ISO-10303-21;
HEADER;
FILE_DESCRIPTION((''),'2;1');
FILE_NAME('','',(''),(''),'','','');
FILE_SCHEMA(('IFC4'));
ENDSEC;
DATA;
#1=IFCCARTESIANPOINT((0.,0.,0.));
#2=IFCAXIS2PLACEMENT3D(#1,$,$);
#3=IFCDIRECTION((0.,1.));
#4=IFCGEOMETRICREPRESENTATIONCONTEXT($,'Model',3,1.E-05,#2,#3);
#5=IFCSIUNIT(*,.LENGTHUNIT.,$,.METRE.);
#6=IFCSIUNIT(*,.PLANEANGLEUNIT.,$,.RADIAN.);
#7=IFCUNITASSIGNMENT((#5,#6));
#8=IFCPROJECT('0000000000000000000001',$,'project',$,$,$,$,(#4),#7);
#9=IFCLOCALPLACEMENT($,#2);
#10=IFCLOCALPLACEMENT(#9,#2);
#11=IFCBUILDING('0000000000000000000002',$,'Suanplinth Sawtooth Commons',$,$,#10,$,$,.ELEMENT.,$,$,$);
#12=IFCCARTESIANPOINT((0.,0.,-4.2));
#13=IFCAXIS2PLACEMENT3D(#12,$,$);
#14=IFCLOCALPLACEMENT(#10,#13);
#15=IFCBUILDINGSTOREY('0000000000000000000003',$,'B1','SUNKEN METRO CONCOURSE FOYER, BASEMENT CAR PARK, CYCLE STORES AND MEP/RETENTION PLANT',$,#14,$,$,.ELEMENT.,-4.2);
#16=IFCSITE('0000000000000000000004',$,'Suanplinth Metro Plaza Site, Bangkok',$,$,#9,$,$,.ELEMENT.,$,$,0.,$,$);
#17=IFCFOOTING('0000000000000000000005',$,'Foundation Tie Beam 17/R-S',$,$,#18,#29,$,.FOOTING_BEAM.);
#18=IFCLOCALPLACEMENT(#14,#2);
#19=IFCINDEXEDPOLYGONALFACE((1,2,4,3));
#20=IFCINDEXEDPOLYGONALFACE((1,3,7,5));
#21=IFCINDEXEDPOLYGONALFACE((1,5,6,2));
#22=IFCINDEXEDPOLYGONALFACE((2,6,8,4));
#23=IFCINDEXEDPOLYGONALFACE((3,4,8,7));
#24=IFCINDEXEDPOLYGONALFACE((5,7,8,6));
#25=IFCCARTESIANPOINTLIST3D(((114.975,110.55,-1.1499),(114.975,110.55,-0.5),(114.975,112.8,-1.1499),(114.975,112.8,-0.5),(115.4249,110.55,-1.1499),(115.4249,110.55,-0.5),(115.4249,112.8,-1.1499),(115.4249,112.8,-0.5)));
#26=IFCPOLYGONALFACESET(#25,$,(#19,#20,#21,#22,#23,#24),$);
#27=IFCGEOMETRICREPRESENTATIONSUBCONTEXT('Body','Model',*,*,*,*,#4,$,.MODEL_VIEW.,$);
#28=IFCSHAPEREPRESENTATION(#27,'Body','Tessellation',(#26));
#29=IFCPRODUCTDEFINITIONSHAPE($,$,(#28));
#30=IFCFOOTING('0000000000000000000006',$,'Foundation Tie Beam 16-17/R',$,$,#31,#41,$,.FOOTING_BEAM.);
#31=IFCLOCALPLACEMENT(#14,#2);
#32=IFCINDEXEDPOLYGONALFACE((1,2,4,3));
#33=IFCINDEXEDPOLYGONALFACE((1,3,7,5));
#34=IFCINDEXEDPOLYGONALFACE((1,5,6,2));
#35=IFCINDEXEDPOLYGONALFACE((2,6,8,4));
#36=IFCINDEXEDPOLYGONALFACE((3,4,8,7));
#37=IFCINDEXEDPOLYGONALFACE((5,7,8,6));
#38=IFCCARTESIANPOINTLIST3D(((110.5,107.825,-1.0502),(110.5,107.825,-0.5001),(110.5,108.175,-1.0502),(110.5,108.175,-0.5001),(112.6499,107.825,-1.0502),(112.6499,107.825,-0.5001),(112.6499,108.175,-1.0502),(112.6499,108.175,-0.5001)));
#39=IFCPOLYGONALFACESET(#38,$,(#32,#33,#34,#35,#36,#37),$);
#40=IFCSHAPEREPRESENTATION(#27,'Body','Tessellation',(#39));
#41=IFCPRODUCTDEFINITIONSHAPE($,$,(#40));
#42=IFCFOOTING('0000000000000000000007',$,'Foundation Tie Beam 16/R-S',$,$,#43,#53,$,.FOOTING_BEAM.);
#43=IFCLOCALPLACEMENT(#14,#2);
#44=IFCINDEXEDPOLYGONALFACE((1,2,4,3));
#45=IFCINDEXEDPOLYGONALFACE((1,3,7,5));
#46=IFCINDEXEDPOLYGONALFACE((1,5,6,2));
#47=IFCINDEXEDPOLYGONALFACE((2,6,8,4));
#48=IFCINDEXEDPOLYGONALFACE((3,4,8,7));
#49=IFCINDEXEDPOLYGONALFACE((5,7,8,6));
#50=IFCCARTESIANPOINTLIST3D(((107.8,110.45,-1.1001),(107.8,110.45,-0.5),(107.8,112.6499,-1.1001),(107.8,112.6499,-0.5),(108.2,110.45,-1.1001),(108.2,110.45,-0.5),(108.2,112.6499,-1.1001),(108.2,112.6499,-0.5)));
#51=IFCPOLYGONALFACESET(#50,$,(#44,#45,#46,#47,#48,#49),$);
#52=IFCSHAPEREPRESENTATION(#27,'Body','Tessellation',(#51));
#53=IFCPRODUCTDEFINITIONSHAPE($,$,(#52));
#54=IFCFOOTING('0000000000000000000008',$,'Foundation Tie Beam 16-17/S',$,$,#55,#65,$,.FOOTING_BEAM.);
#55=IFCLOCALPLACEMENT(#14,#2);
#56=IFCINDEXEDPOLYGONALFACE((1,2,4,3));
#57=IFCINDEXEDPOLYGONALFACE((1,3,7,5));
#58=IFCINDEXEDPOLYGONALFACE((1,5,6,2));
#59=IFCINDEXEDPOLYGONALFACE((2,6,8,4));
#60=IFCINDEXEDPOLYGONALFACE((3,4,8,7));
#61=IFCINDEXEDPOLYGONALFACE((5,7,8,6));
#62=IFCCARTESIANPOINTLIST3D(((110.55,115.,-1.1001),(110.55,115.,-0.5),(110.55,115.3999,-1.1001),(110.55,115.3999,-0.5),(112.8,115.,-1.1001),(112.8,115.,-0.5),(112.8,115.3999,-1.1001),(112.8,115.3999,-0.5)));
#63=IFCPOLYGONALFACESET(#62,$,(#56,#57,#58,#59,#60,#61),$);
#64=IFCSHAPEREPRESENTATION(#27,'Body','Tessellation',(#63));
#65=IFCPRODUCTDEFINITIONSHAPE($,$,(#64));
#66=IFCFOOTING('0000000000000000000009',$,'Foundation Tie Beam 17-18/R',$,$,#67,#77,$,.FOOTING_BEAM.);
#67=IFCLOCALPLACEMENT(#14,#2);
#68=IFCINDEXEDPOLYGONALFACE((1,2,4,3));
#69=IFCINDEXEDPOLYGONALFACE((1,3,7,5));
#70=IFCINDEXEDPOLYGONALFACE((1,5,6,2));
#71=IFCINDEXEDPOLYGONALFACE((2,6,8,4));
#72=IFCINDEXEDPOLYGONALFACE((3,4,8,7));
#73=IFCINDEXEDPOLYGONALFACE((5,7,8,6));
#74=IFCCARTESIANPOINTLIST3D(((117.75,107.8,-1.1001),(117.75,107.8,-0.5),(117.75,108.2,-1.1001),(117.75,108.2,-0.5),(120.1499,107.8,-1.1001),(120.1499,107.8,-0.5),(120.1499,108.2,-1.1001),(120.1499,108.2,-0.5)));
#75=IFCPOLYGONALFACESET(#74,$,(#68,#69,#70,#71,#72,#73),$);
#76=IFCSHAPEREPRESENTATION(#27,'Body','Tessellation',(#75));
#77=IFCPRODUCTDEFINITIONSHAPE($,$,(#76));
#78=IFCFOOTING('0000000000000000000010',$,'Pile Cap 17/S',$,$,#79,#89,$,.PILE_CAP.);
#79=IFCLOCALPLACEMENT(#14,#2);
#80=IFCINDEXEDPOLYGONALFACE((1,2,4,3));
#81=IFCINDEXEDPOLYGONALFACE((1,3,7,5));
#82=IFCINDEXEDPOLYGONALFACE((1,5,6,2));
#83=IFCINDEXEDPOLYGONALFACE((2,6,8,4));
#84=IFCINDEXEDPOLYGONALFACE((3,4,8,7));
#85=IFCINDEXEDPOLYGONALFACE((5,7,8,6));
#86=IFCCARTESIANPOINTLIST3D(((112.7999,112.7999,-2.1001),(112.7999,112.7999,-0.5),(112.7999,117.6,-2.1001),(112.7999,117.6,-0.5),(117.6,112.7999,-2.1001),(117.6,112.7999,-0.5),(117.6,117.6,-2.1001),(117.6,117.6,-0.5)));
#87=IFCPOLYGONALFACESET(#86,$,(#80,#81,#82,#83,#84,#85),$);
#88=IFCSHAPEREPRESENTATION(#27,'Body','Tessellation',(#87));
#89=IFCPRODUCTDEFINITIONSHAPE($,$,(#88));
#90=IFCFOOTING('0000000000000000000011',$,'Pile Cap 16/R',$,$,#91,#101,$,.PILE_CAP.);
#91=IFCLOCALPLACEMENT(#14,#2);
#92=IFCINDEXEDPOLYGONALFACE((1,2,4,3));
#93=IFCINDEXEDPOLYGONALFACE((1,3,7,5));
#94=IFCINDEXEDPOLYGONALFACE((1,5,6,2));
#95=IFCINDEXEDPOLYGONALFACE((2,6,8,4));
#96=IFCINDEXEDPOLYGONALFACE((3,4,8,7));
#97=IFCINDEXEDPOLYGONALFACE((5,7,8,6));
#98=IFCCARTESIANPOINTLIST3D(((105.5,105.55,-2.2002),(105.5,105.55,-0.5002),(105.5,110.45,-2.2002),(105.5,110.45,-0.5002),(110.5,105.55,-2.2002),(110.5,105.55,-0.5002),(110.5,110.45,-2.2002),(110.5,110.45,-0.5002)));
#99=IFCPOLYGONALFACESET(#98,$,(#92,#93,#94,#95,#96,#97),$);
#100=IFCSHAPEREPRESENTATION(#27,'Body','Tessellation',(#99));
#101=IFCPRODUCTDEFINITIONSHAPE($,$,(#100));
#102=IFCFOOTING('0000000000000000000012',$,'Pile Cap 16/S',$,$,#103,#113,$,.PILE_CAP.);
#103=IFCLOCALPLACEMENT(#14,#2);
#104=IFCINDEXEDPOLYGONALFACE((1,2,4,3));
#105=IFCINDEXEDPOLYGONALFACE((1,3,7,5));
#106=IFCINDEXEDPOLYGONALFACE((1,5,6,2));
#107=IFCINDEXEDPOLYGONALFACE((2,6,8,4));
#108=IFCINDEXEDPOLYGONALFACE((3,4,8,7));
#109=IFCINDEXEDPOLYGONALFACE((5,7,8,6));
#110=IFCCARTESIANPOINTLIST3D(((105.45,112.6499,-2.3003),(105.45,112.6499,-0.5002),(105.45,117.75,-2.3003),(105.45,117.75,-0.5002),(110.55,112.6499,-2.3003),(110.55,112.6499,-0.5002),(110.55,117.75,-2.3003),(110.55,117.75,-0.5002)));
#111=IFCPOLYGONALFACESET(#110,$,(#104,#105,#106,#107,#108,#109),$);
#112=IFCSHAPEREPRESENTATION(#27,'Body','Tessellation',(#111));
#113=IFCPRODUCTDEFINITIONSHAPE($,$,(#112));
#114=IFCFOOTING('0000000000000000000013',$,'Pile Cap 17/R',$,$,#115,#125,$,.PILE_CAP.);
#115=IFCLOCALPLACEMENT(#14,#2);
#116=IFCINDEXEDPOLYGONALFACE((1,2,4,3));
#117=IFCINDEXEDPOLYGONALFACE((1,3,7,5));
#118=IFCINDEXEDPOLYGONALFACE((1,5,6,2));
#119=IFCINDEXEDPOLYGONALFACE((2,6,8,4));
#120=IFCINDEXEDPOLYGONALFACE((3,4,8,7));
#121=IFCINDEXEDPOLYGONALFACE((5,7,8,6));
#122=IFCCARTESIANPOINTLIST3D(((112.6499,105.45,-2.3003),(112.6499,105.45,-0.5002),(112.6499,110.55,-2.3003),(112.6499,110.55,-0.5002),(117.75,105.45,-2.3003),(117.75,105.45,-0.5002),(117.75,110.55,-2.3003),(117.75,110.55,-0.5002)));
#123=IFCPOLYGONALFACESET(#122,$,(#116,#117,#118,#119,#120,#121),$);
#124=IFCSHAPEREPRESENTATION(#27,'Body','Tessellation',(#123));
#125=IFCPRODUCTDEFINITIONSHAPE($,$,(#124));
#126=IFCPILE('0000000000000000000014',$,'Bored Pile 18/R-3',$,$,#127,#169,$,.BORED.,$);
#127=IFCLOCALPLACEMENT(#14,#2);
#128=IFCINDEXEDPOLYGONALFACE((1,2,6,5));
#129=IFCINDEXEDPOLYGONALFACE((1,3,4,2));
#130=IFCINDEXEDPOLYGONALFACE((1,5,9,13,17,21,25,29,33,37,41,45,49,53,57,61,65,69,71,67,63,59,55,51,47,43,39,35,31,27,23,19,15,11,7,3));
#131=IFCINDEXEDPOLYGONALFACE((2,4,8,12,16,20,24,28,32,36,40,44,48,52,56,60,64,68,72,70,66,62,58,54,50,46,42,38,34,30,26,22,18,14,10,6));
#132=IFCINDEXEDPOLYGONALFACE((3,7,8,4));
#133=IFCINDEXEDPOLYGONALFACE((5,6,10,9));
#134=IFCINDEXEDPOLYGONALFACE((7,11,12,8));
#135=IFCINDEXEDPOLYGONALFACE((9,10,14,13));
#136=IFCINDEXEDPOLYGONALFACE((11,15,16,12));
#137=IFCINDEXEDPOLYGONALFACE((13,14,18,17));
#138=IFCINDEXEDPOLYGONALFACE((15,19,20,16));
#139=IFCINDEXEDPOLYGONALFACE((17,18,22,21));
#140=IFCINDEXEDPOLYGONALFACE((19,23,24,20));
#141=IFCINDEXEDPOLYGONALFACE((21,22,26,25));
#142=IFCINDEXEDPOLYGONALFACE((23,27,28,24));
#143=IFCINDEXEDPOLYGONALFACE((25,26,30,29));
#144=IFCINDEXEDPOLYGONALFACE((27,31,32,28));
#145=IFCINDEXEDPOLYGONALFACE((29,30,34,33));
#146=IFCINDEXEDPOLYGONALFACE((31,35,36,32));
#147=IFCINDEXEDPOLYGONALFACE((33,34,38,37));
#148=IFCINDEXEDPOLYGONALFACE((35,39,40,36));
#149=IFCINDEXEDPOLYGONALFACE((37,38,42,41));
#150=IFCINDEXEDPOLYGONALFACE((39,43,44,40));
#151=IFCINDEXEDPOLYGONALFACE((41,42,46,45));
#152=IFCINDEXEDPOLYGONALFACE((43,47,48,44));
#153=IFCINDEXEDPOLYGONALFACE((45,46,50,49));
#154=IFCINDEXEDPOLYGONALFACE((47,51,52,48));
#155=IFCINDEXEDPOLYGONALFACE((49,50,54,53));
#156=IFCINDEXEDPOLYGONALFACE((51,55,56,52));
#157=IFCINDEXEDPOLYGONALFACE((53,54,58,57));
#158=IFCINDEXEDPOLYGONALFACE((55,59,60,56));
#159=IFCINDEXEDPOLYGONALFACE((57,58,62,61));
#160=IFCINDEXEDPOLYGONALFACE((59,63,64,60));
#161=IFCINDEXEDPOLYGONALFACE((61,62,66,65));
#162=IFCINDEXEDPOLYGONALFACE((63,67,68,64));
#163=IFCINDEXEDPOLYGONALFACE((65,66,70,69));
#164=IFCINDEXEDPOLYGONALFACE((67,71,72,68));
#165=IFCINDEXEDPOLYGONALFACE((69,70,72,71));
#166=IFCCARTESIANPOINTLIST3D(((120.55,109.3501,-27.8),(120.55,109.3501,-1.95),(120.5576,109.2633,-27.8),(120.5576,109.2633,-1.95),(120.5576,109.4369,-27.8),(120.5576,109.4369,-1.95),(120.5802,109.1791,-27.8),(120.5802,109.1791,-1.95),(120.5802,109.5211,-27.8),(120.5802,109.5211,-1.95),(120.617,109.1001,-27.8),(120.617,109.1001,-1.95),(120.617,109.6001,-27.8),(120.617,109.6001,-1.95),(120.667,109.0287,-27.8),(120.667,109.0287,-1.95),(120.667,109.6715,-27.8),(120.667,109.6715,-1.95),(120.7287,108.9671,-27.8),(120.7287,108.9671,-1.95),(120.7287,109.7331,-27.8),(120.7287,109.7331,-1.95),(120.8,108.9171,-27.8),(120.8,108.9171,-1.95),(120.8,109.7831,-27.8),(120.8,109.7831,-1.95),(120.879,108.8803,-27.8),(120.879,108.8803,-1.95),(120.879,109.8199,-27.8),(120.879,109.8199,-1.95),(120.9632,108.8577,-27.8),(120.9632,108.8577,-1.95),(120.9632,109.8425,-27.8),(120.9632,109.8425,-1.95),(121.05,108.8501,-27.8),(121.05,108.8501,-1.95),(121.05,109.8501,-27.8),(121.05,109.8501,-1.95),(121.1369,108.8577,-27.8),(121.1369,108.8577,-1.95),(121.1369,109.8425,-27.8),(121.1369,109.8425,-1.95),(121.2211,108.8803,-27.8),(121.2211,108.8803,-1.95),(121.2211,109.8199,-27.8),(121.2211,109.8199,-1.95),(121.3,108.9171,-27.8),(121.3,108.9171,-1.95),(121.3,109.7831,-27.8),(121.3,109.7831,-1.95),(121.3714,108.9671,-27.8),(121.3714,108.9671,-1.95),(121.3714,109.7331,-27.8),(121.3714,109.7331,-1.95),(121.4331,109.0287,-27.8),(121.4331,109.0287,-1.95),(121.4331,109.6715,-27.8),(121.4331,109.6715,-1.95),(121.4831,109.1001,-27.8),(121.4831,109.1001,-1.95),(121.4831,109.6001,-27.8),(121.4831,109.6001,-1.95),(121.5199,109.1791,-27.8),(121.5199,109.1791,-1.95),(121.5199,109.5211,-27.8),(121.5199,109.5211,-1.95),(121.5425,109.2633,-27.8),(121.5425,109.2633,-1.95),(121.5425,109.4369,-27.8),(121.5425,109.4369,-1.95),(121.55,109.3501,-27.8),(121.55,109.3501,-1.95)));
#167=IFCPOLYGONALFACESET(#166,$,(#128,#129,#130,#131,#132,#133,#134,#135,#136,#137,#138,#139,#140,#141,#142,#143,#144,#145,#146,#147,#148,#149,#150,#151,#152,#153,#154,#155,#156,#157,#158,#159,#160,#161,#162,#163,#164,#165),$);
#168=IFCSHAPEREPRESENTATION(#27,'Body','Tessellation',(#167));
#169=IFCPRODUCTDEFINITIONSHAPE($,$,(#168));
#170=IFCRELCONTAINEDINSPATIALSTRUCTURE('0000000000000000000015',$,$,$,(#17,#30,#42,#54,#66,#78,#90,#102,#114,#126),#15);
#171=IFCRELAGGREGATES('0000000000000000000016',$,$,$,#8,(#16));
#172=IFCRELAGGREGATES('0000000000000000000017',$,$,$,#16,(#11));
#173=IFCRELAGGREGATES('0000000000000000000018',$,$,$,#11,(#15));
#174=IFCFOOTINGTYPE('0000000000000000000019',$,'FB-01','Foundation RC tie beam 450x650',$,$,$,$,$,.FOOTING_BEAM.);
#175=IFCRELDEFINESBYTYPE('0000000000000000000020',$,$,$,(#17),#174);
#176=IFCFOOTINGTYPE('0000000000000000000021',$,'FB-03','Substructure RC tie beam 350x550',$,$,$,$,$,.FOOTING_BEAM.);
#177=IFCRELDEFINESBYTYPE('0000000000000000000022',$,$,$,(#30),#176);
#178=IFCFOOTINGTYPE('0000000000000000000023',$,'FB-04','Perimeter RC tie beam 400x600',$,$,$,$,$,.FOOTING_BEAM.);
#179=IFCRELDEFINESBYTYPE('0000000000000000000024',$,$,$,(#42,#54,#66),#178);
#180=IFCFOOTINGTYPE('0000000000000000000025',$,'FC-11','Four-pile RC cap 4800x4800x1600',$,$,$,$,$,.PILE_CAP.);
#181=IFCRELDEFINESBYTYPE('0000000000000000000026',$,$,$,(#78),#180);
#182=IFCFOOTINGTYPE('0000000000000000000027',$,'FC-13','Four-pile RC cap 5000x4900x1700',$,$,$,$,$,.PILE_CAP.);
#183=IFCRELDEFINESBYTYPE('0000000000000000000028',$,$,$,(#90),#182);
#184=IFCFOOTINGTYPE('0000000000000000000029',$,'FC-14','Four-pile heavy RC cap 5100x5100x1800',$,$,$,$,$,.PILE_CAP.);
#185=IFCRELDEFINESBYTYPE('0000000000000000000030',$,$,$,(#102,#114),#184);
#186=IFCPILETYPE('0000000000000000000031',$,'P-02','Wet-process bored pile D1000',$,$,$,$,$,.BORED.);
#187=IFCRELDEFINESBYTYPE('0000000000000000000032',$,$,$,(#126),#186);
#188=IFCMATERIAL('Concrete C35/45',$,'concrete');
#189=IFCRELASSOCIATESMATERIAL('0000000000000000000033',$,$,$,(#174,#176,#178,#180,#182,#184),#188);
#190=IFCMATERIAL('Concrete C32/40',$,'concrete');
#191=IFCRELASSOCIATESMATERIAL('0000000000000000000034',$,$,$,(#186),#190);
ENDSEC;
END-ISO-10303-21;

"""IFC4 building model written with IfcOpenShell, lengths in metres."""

from ifc_helpers import new_model, si_unit, direction, frame, origin, origin_2d, place, context, subcontext, project, spatial, rectangle, circle, extrude, material, material_profile, profile_set, type_object, element, save


model = new_model("IFC4")

# Units and contexts
model_context = context("Model", 3, precision=1e-05, world=origin(), true_north=direction((0.0, 1.0)))
body_context = subcontext(model_context, "Body", "Model", "MODEL_VIEW")
ifc_project = project(units=[si_unit("LENGTHUNIT", "METRE"), si_unit("PLANEANGLEUNIT", "RADIAN")], contexts=[model_context])

# Site, building, storey
site_placement = place(None, origin())
site = spatial("IfcSite", under=ifc_project, at=site_placement, Name="Suanplinth Metro Plaza Site, Bangkok", CompositionType="ELEMENT", RefElevation=0.0)
building_placement = place(site_placement, origin())
building = spatial("IfcBuilding", under=site, at=building_placement, Name="Suanplinth Sawtooth Commons", CompositionType="ELEMENT")
storey_placement = place(building_placement, frame((0.0, 0.0, -4.2)))
storey = spatial("IfcBuildingStorey", under=building, at=storey_placement, Name="B1", Description="SUNKEN METRO CONCOURSE FOYER, BASEMENT CAR PARK, CYCLE STORES AND MEP/RETENTION PLANT", CompositionType="ELEMENT", Elevation=-4.2)

# Footings
ifc_material_1 = material(Name="Concrete C35/45", Category="concrete")
ifc_material_profile_1 = material_profile(ifc_material_1, rectangle(XDim=0.45, YDim=0.6499, at=origin_2d()), Name="PC-GDR 450x650")
ifc_profile_set_1 = profile_set([ifc_material_profile_1], Name="Concrete C35/45")
footing_type_1 = type_object("IfcFootingType", Name="FB-01", Description="Foundation RC tie beam 450x650", PredefinedType="FOOTING_BEAM", material=ifc_profile_set_1)
footing_1_placement = place(storey_placement, frame((115.2, 110.55, -0.825), z_axis=(0.0, 1.0, 0.0), x_axis=(-1.0, 0.0, 0.0)))
element("IfcFooting", 1, at=footing_1_placement, inside=storey, type_object=footing_type_1, Name="Foundation Tie Beam 17/R-S", PredefinedType="FOOTING_BEAM", context=body_context, shape_type="SweptSolid", body=[
    extrude(rectangle(XDim=0.45, YDim=0.6499, at=origin_2d()), origin(), (0.0, 0.0, 1.0), 2.25),
])
ifc_material_profile_2 = material_profile(ifc_material_1, rectangle(XDim=0.3501, YDim=0.55, at=origin_2d()), Name="PC-BM 350x550")
ifc_profile_set_2 = profile_set([ifc_material_profile_2], Name="Concrete C35/45")
footing_type_2 = type_object("IfcFootingType", Name="FB-03", Description="Substructure RC tie beam 350x550", PredefinedType="FOOTING_BEAM", material=ifc_profile_set_2)
footing_2_placement = place(storey_placement, frame((110.5, 108.0, -0.7751), z_axis=(1.0, 0.0, 0.0), x_axis=(0.0, 1.0, 0.0)))
element("IfcFooting", 2, at=footing_2_placement, inside=storey, type_object=footing_type_2, Name="Foundation Tie Beam 16-17/R", PredefinedType="FOOTING_BEAM", context=body_context, shape_type="SweptSolid", body=[
    extrude(rectangle(XDim=0.3501, YDim=0.55, at=origin_2d()), origin(), (0.0, 0.0, 1.0), 2.1499),
])
ifc_material_profile_3 = material_profile(ifc_material_1, rectangle(XDim=0.3999, YDim=0.6001, at=origin_2d()), Name="PC-GDR 400x600")
ifc_profile_set_3 = profile_set([ifc_material_profile_3], Name="Concrete C35/45")
footing_type_3 = type_object("IfcFootingType", Name="FB-04", Description="Perimeter RC tie beam 400x600", PredefinedType="FOOTING_BEAM", material=ifc_profile_set_3)
footing_3_placement = place(storey_placement, frame((108.0, 110.45, -0.8), z_axis=(0.0, 1.0, 0.0), x_axis=(-1.0, 0.0, 0.0)))
element("IfcFooting", 3, at=footing_3_placement, inside=storey, type_object=footing_type_3, Name="Foundation Tie Beam 16/R-S", PredefinedType="FOOTING_BEAM", context=body_context, shape_type="SweptSolid", body=[
    extrude(rectangle(XDim=0.3999, YDim=0.6001, at=origin_2d()), origin(), (0.0, 0.0, 1.0), 2.2),
])
footing_4_placement = place(storey_placement, frame((110.55, 115.2, -0.8), z_axis=(1.0, 0.0, 0.0), x_axis=(0.0, 1.0, 0.0)))
element("IfcFooting", 4, at=footing_4_placement, inside=storey, type_object=footing_type_3, Name="Foundation Tie Beam 16-17/S", PredefinedType="FOOTING_BEAM", context=body_context, shape_type="SweptSolid", body=[
    extrude(rectangle(XDim=0.3999, YDim=0.6001, at=origin_2d()), origin(), (0.0, 0.0, 1.0), 2.25),
])
footing_5_placement = place(storey_placement, frame((117.75, 108.0, -0.8), z_axis=(1.0, 0.0, 0.0), x_axis=(0.0, 1.0, 0.0)))
element("IfcFooting", 5, at=footing_5_placement, inside=storey, type_object=footing_type_3, Name="Foundation Tie Beam 17-18/R", PredefinedType="FOOTING_BEAM", context=body_context, shape_type="SweptSolid", body=[
    extrude(rectangle(XDim=0.3999, YDim=0.6001, at=origin_2d()), origin(), (0.0, 0.0, 1.0), 2.3999),
])
footing_type_4 = type_object("IfcFootingType", Name="FC-11", Description="Four-pile RC cap 4800x4800x1600", PredefinedType="PILE_CAP", material=ifc_material_1)
footing_6_placement = place(storey_placement, frame((115.2, 115.2, -2.1001), z_axis=(0.0, 0.0, 1.0), x_axis=(1.0, 0.0, 0.0)))
element("IfcFooting", 6, at=footing_6_placement, inside=storey, type_object=footing_type_4, Name="Pile Cap 17/S", PredefinedType="PILE_CAP", context=body_context, shape_type="SweptSolid", body=[
    extrude(rectangle(XDim=4.8, YDim=4.8, at=origin_2d()), origin(), (0.0, 0.0, 1.0), 1.6001),
])
footing_type_5 = type_object("IfcFootingType", Name="FC-13", Description="Four-pile RC cap 5000x4900x1700", PredefinedType="PILE_CAP", material=ifc_material_1)
footing_7_placement = place(storey_placement, frame((108.0, 108.0, -2.2002), z_axis=(0.0, 0.0, 1.0), x_axis=(1.0, 0.0, 0.0)))
element("IfcFooting", 7, at=footing_7_placement, inside=storey, type_object=footing_type_5, Name="Pile Cap 16/R", PredefinedType="PILE_CAP", context=body_context, shape_type="SweptSolid", body=[
    extrude(rectangle(XDim=5.0, YDim=4.8999, at=origin_2d()), origin(), (0.0, 0.0, 1.0), 1.7),
])
footing_type_6 = type_object("IfcFootingType", Name="FC-14", Description="Four-pile heavy RC cap 5100x5100x1800", PredefinedType="PILE_CAP", material=ifc_material_1)
for number, where, z_axis, x_axis, name in (
    (8, (108.0, 115.2, -2.3003), (0.0, 0.0, 1.0), (1.0, 0.0, 0.0), "Pile Cap 16/S"),
    (9, (115.2, 108.0, -2.3003), (0.0, 0.0, 1.0), (1.0, 0.0, 0.0), "Pile Cap 17/R"),
):
    element("IfcFooting", number, at=place(storey_placement, frame(where, z_axis=z_axis, x_axis=x_axis)), inside=storey, type_object=footing_type_6, Name=name, PredefinedType="PILE_CAP", context=body_context, shape_type="SweptSolid", body=[
        extrude(rectangle(XDim=5.1001, YDim=5.1001, at=origin_2d()), origin(), (0.0, 0.0, 1.0), 1.8),
    ])

# Pile
ifc_material_2 = material(Name="Concrete C32/40", Category="concrete")
ifc_material_profile_4 = material_profile(ifc_material_2, circle(Radius=0.5, at=origin_2d()), Name="PILE D1000")
ifc_profile_set_4 = profile_set([ifc_material_profile_4], Name="Concrete C32/40")
pile_type_1 = type_object("IfcPileType", Name="P-02", Description="Wet-process bored pile D1000", PredefinedType="BORED", material=ifc_profile_set_4)
pile_placement = place(storey_placement, frame((121.05, 109.3501, -1.95), z_axis=(0.0, 0.0, -1.0), x_axis=(1.0, 0.0, 0.0)))
element("IfcPile", 10, at=pile_placement, inside=storey, type_object=pile_type_1, Name="Bored Pile 18/R-3", PredefinedType="BORED", context=body_context, shape_type="SweptSolid", body=[
    extrude(circle(Radius=0.5, at=origin_2d()), origin(), (0.0, 0.0, 1.0), 25.8501),
])

save(model, "model.ifc")
